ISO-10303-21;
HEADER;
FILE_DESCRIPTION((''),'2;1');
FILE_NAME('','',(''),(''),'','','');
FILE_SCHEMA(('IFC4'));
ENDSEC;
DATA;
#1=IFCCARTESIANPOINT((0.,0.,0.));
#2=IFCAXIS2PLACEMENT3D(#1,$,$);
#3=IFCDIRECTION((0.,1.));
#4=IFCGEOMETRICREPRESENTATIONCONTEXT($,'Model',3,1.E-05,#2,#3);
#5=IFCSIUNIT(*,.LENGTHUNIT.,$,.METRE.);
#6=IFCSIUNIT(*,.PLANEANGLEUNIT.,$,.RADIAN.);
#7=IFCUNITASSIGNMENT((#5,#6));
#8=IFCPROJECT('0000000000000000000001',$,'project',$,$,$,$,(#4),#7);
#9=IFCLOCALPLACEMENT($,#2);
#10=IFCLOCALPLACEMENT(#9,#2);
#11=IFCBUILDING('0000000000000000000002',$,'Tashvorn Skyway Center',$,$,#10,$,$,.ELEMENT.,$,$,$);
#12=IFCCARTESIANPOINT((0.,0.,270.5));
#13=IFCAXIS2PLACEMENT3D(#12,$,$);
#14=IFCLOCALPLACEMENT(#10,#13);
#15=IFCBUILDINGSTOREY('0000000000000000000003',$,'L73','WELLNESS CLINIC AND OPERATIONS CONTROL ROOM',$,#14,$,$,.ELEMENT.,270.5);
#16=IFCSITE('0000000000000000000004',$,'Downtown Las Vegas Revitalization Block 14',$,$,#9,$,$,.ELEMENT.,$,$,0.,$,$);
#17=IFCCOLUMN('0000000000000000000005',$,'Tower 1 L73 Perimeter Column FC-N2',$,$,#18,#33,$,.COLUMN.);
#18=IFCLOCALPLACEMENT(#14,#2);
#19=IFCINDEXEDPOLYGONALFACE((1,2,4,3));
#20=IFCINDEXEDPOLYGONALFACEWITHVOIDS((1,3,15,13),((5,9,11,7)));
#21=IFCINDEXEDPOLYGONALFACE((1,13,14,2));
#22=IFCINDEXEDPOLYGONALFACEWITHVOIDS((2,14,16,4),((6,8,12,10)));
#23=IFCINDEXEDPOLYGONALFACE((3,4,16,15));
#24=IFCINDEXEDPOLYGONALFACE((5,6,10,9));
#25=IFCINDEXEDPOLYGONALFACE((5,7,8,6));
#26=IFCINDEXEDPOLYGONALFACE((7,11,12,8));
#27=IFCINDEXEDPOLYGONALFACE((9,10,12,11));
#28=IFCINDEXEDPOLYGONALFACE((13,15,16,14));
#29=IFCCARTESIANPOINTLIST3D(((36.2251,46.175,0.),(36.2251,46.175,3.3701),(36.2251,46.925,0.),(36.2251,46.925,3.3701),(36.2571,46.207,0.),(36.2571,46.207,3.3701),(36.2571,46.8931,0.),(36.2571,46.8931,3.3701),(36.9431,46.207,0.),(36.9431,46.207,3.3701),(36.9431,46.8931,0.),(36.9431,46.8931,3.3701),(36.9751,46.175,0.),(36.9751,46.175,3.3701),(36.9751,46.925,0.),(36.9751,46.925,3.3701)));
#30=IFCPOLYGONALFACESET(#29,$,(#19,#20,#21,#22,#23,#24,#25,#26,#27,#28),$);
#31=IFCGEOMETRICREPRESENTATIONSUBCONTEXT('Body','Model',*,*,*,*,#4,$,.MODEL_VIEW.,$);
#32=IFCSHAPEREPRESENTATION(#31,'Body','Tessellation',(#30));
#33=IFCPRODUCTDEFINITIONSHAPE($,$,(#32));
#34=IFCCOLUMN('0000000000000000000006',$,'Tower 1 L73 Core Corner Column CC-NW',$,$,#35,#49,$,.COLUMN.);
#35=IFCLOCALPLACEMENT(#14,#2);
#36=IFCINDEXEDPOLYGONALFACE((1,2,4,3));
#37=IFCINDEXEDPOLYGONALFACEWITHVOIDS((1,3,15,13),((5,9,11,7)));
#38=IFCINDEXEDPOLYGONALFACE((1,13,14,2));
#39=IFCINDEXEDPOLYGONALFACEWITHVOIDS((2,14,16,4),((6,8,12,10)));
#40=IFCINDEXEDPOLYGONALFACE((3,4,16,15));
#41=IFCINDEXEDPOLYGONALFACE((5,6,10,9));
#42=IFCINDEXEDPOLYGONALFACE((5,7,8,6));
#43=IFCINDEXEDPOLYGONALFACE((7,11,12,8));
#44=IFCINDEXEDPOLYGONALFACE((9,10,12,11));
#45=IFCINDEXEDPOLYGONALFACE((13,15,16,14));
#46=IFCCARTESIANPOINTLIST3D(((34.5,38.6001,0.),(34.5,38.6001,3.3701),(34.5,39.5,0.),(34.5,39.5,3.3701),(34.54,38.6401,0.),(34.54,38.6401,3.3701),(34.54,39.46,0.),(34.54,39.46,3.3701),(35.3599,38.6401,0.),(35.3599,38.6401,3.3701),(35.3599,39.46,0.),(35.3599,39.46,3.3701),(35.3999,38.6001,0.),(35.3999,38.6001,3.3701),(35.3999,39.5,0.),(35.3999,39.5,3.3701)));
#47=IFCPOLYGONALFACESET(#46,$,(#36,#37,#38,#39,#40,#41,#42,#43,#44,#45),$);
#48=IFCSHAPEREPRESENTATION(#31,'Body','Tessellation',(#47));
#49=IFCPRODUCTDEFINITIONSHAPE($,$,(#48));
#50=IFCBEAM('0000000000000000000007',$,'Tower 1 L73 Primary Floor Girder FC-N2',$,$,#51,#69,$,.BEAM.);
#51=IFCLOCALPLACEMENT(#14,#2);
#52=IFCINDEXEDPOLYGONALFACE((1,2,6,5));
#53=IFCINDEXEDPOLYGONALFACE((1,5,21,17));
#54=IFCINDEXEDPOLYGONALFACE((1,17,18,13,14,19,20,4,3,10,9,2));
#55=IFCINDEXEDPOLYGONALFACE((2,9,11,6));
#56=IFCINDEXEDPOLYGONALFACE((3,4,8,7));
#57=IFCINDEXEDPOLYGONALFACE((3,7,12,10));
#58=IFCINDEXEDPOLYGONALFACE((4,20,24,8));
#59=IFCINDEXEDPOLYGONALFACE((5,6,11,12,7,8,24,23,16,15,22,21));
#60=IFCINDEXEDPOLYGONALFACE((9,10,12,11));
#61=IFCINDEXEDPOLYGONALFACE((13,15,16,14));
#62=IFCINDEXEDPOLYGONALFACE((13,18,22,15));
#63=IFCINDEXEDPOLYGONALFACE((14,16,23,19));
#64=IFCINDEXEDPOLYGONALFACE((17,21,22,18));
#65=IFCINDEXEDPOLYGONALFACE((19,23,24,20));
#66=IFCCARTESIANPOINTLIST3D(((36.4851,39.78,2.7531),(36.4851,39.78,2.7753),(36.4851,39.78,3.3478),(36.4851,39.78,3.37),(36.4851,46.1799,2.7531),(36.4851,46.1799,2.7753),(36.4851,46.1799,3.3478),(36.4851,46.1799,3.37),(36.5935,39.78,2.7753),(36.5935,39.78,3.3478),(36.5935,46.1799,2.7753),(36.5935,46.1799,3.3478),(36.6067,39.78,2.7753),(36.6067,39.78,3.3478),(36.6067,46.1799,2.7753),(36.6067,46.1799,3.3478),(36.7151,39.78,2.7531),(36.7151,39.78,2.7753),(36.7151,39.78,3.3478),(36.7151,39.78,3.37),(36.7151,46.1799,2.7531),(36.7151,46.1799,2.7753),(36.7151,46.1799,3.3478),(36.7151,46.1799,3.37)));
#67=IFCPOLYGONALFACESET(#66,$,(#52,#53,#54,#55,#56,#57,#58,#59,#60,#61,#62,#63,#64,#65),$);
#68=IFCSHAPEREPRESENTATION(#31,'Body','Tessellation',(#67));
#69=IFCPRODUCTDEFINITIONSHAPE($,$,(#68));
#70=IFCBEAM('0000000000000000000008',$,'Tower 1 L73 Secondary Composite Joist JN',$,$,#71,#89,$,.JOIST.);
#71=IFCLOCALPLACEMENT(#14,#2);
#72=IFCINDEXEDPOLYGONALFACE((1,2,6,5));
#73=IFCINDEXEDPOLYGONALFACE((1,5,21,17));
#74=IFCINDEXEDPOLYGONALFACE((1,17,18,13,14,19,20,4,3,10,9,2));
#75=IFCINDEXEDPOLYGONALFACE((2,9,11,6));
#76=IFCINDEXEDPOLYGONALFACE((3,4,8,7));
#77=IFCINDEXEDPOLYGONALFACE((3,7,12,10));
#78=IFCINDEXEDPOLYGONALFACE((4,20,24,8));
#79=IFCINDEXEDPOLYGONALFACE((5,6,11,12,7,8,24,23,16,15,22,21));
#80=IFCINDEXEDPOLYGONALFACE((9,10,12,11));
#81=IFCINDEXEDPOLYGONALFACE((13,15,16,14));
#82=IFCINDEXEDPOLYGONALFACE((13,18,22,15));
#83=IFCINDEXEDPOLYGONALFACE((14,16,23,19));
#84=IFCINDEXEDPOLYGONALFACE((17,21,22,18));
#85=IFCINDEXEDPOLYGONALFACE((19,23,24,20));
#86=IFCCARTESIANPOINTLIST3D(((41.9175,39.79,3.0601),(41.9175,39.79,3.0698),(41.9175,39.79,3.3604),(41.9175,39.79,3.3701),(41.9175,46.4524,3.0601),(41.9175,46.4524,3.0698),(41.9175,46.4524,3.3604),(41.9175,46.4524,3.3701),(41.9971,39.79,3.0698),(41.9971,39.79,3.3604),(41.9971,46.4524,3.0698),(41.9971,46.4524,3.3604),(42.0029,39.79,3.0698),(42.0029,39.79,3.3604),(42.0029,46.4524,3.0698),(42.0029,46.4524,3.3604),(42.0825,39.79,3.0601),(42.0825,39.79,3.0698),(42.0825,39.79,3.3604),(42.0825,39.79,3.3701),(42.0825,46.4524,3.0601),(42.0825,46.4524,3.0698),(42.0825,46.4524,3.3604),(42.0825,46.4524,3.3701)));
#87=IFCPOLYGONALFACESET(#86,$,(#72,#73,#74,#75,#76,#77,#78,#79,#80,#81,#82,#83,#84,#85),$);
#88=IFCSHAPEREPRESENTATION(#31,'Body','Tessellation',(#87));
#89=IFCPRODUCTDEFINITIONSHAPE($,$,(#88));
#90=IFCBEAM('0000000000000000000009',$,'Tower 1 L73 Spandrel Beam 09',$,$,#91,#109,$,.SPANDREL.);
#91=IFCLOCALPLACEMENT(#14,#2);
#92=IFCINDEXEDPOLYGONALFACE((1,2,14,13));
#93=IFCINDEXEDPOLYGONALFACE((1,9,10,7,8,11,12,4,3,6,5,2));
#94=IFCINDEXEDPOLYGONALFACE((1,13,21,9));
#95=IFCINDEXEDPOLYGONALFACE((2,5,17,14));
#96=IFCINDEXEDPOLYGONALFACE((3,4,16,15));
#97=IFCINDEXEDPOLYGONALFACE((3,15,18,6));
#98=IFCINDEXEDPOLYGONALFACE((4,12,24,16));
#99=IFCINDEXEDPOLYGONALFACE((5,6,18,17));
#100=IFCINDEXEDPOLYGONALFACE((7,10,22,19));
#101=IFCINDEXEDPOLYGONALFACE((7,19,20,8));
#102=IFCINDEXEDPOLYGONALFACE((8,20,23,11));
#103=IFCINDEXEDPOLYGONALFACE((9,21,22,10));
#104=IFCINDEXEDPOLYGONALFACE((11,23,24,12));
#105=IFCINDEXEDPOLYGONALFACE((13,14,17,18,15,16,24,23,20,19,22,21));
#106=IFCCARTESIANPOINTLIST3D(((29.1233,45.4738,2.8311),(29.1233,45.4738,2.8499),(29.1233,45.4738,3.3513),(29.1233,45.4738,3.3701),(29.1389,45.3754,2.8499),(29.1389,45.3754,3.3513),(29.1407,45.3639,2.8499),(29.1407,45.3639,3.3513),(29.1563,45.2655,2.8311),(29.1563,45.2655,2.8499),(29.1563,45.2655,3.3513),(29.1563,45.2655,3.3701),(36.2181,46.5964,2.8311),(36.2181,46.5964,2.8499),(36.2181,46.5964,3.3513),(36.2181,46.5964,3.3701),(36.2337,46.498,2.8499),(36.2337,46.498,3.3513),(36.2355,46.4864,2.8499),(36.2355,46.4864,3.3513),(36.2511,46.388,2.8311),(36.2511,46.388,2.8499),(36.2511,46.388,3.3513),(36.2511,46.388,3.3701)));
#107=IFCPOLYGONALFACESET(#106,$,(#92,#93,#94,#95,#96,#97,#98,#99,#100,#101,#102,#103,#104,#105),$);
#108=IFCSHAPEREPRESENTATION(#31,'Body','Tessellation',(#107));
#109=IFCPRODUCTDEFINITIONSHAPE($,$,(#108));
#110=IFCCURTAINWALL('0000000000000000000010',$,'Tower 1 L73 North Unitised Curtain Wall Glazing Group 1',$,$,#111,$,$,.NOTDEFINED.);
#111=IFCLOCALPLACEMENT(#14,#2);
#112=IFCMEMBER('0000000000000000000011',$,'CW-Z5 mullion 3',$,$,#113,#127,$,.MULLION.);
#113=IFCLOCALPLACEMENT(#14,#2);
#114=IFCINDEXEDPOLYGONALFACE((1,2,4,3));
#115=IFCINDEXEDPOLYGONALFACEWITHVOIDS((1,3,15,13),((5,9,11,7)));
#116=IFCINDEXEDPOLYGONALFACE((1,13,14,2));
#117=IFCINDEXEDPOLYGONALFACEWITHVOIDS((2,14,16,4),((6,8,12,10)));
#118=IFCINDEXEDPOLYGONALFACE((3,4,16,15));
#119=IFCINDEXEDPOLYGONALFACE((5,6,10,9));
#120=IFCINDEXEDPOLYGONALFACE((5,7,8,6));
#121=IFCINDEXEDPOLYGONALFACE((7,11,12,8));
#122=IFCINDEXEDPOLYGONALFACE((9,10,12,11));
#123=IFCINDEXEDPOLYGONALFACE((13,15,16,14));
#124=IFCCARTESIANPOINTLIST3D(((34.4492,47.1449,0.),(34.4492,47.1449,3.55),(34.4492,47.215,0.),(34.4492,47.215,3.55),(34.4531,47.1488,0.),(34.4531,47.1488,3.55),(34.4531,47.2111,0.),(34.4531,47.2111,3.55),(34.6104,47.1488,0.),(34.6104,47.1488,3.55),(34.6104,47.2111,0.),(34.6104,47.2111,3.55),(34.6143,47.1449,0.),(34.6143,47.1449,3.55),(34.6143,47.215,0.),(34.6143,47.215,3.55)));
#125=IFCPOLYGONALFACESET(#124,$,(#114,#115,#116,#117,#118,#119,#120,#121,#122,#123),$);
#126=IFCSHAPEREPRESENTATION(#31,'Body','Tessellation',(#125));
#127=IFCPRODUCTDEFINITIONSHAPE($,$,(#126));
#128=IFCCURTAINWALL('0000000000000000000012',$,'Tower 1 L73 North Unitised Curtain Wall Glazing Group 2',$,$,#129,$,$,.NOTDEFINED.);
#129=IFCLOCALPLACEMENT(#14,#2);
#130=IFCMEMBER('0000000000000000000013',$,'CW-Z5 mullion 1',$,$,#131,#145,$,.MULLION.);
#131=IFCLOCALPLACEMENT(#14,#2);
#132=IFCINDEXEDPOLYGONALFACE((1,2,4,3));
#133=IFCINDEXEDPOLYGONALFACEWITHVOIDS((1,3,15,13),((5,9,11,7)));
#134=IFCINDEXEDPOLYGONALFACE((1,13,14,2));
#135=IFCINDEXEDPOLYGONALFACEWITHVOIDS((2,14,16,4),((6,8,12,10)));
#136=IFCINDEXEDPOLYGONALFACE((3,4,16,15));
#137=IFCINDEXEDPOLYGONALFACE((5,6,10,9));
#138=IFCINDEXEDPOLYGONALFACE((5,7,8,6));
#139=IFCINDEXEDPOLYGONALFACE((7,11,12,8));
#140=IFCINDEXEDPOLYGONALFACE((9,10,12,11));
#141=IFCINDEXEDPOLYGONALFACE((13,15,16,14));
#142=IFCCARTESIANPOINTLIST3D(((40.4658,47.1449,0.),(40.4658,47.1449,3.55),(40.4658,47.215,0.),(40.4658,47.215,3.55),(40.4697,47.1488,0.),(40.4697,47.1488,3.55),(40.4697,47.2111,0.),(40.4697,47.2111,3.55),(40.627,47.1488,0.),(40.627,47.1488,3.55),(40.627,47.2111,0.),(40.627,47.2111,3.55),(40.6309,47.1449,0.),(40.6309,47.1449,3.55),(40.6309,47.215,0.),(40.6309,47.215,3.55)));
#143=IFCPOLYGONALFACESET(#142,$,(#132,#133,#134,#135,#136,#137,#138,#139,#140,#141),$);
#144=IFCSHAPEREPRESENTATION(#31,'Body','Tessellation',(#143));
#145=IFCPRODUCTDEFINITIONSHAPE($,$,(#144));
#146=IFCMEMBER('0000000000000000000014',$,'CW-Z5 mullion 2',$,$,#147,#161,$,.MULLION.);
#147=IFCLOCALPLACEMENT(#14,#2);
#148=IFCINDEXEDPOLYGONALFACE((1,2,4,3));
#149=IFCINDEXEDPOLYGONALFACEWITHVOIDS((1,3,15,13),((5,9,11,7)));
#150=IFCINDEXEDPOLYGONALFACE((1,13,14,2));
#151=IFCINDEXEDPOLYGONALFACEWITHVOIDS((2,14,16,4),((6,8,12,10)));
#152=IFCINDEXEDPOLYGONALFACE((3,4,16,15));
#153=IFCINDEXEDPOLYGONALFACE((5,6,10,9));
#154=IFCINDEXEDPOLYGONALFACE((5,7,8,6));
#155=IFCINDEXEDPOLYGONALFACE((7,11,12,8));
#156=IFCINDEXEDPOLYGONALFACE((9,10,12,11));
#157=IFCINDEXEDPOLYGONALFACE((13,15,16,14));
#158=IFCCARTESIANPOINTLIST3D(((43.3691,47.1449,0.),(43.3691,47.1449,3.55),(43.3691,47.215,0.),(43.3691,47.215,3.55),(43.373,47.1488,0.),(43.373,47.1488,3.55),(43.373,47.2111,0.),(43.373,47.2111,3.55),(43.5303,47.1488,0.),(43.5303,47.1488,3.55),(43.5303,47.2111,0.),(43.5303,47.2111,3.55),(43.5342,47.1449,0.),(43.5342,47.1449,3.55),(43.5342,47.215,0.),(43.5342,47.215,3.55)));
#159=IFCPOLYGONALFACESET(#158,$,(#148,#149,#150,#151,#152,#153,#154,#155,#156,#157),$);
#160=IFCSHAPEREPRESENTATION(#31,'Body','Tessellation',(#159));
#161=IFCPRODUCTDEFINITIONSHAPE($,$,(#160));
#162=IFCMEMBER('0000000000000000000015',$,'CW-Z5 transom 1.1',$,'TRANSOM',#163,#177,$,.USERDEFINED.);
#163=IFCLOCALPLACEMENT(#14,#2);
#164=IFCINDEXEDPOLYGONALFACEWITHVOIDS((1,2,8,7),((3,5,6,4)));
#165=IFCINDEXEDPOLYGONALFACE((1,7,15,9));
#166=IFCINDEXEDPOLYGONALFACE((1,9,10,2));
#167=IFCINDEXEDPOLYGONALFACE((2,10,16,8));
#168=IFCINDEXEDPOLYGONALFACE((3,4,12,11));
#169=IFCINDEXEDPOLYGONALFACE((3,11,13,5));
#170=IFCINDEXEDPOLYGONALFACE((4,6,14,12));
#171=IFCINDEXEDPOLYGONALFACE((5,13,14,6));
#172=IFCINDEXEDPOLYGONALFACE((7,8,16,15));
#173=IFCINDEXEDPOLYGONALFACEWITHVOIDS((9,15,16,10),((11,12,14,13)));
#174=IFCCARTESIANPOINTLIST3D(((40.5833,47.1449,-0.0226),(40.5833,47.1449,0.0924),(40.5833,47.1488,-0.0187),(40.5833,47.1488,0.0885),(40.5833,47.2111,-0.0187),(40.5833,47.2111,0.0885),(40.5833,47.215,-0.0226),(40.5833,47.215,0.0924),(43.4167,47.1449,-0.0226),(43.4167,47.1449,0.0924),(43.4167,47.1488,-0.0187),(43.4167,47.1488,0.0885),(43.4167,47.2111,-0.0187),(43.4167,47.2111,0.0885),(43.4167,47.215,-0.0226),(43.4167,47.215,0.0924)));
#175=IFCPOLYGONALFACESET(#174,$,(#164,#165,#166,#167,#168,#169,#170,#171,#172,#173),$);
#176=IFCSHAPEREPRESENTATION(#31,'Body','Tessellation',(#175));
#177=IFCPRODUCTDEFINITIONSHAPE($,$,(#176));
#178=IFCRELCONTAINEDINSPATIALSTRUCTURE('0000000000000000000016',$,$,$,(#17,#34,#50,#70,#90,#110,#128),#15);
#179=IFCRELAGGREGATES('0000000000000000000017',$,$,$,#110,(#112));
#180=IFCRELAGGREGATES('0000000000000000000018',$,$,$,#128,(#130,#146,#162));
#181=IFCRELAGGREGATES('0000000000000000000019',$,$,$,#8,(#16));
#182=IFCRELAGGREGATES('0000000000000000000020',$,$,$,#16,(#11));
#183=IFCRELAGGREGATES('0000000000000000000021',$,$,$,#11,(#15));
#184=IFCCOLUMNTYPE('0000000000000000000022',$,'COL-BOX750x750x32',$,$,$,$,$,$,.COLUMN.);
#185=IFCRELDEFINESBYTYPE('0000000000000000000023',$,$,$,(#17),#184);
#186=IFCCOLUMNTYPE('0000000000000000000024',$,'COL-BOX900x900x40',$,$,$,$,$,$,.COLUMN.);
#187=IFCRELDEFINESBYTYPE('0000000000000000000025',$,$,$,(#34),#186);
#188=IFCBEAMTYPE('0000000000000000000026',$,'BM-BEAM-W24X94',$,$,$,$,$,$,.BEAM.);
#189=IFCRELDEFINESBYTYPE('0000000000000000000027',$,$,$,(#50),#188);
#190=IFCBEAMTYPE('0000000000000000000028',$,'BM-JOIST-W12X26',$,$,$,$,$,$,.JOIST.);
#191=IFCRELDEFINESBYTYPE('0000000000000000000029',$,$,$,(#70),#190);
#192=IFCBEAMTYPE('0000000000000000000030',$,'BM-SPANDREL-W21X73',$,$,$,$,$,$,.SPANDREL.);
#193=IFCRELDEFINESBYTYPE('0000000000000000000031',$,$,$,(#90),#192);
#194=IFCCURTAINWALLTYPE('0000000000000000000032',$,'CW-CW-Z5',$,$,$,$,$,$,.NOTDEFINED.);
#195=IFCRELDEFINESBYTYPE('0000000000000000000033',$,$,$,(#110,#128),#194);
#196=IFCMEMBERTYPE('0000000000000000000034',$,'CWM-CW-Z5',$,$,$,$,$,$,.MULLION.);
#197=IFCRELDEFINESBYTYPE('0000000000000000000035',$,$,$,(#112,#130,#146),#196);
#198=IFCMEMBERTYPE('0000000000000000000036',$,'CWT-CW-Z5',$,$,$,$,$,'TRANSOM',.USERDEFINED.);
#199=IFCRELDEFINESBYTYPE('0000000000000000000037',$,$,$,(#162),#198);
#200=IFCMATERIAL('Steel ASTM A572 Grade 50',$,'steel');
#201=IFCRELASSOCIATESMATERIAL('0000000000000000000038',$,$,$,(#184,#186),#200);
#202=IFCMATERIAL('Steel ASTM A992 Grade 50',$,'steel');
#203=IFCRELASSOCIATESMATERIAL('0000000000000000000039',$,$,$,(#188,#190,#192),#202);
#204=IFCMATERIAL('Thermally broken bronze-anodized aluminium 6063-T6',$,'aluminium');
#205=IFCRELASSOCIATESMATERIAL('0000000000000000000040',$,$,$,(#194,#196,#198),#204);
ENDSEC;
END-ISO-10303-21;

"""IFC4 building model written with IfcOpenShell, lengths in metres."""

from ifc_helpers import new_model, si_unit, direction, frame, origin, origin_2d, place, context, subcontext, project, spatial, hollow_rectangle, i_section, extrude, material, material_profile, profile_set, type_object, element, aggregate, save


model = new_model("IFC4")

# Units and contexts
model_context = context("Model", 3, precision=1e-05, world=origin(), true_north=direction((0.0, 1.0)))
body_context = subcontext(model_context, "Body", "Model", "MODEL_VIEW")
ifc_project = project(units=[si_unit("LENGTHUNIT", "METRE"), si_unit("PLANEANGLEUNIT", "RADIAN")], contexts=[model_context])

# Site, building, storey
site_placement = place(None, origin())
site = spatial("IfcSite", under=ifc_project, at=site_placement, Name="Downtown Las Vegas Revitalization Block 14", CompositionType="ELEMENT", RefElevation=0.0)
building_placement = place(site_placement, origin())
building = spatial("IfcBuilding", under=site, at=building_placement, Name="Tashvorn Skyway Center", CompositionType="ELEMENT")
storey_placement = place(building_placement, frame((0.0, 0.0, 270.5)))
storey = spatial("IfcBuildingStorey", under=building, at=storey_placement, Name="L73", Description="WELLNESS CLINIC AND OPERATIONS CONTROL ROOM", CompositionType="ELEMENT", Elevation=270.5)

# Columns
ifc_material_1 = material(Name="Steel ASTM A572 Grade 50", Category="steel")
ifc_material_profile_1 = material_profile(ifc_material_1, hollow_rectangle(XDim=0.75, YDim=0.75, WallThickness=0.032, at=origin_2d()), Name="BOX750x750x32")
ifc_profile_set_1 = profile_set([ifc_material_profile_1], Name="Steel ASTM A572 Grade 50")
column_type_1 = type_object("IfcColumnType", Name="COL-BOX750x750x32", PredefinedType="COLUMN", material=ifc_profile_set_1)
column_1_placement = place(storey_placement, frame((36.6001, 46.55, 0.0), z_axis=(0.0, 0.0, 1.0), x_axis=(1.0, 0.0, 0.0)))
element("IfcColumn", 1, at=column_1_placement, inside=storey, type_object=column_type_1, Name="Tower 1 L73 Perimeter Column FC-N2", PredefinedType="COLUMN", context=body_context, shape_type="SweptSolid", body=[
    extrude(hollow_rectangle(XDim=0.75, YDim=0.75, WallThickness=0.032, at=origin_2d()), origin(), (0.0, 0.0, 1.0), 3.3701),
])
ifc_material_profile_2 = material_profile(ifc_material_1, hollow_rectangle(XDim=0.8999, YDim=0.8999, WallThickness=0.04, at=origin_2d()), Name="BOX900x900x40")
ifc_profile_set_2 = profile_set([ifc_material_profile_2], Name="Steel ASTM A572 Grade 50")
column_type_2 = type_object("IfcColumnType", Name="COL-BOX900x900x40", PredefinedType="COLUMN", material=ifc_profile_set_2)
column_2_placement = place(storey_placement, frame((34.95, 39.05, 0.0), z_axis=(0.0, 0.0, 1.0), x_axis=(1.0, 0.0, 0.0)))
element("IfcColumn", 2, at=column_2_placement, inside=storey, type_object=column_type_2, Name="Tower 1 L73 Core Corner Column CC-NW", PredefinedType="COLUMN", context=body_context, shape_type="SweptSolid", body=[
    extrude(hollow_rectangle(XDim=0.8999, YDim=0.8999, WallThickness=0.04, at=origin_2d()), origin(), (0.0, 0.0, 1.0), 3.3701),
])

# Beams
ifc_material_2 = material(Name="Steel ASTM A992 Grade 50", Category="steel")
ifc_material_profile_3 = material_profile(ifc_material_2, i_section(OverallWidth=0.23, OverallDepth=0.6169, WebThickness=0.0132, FlangeThickness=0.0222, at=origin_2d()), Name="W24X94")
ifc_profile_set_3 = profile_set([ifc_material_profile_3], Name="Steel ASTM A992 Grade 50")
beam_type_1 = type_object("IfcBeamType", Name="BM-BEAM-W24X94", PredefinedType="BEAM", material=ifc_profile_set_3)
beam_1_placement = place(storey_placement, frame((36.6001, 46.1799, 3.0615), z_axis=(0.0, -1.0, 0.0), x_axis=(1.0, 0.0, 0.0)))
element("IfcBeam", 3, at=beam_1_placement, inside=storey, type_object=beam_type_1, Name="Tower 1 L73 Primary Floor Girder FC-N2", PredefinedType="BEAM", context=body_context, shape_type="SweptSolid", body=[
    extrude(i_section(OverallWidth=0.23, OverallDepth=0.6169, WebThickness=0.0132, FlangeThickness=0.0222, at=origin_2d()), origin(), (0.0, 0.0, 1.0), 6.3999),
])
ifc_material_profile_4 = material_profile(ifc_material_2, i_section(OverallWidth=0.165, OverallDepth=0.3101, WebThickness=0.0059, FlangeThickness=0.0098, at=origin_2d()), Name="W12X26")
ifc_profile_set_4 = profile_set([ifc_material_profile_4], Name="Steel ASTM A992 Grade 50")
beam_type_2 = type_object("IfcBeamType", Name="BM-JOIST-W12X26", PredefinedType="JOIST", material=ifc_profile_set_4)
beam_2_placement = place(storey_placement, frame((42.0, 39.79, 3.2151), z_axis=(0.0, 1.0, 0.0), x_axis=(-1.0, 0.0, 0.0)))
element("IfcBeam", 4, at=beam_2_placement, inside=storey, type_object=beam_type_2, Name="Tower 1 L73 Secondary Composite Joist JN", PredefinedType="JOIST", context=body_context, shape_type="SweptSolid", body=[
    extrude(i_section(OverallWidth=0.165, OverallDepth=0.3101, WebThickness=0.0059, FlangeThickness=0.0098, at=origin_2d()), origin(), (0.0, 0.0, 1.0), 6.6624),
])
ifc_material_profile_5 = material_profile(ifc_material_2, i_section(OverallWidth=0.2109, OverallDepth=0.5391, WebThickness=0.0117, FlangeThickness=0.0188, at=origin_2d()), Name="W21X73")
ifc_profile_set_5 = profile_set([ifc_material_profile_5], Name="Steel ASTM A992 Grade 50")
beam_type_3 = type_object("IfcBeamType", Name="BM-SPANDREL-W21X73", PredefinedType="SPANDREL", material=ifc_profile_set_5)
beam_3_placement = place(storey_placement, frame((36.2346, 46.4922, 3.1006), z_axis=(-0.987714, -0.156275, 0.0), x_axis=(0.156275, -0.987714, 0.0)))
element("IfcBeam", 5, at=beam_3_placement, inside=storey, type_object=beam_type_3, Name="Tower 1 L73 Spandrel Beam 09", PredefinedType="SPANDREL", context=body_context, shape_type="SweptSolid", body=[
    extrude(i_section(OverallWidth=0.2109, OverallDepth=0.5391, WebThickness=0.0117, FlangeThickness=0.0188, at=origin_2d()), origin(), (0.0, 0.0, 1.0), 7.1831),
])

# Curtain wall, member
ifc_material_3 = material(Name="Thermally broken bronze-anodized aluminium 6063-T6", Category="aluminium")
curtain_wall_type = type_object("IfcCurtainWallType", Name="CW-CW-Z5", PredefinedType="NOTDEFINED", material=ifc_material_3)
curtain_wall_1_placement = place(storey_placement, origin())
curtain_wall_1 = element("IfcCurtainWall", 6, at=curtain_wall_1_placement, inside=storey, type_object=curtain_wall_type, Name="Tower 1 L73 North Unitised Curtain Wall Glazing Group 1", PredefinedType="NOTDEFINED")
ifc_material_profile_6 = material_profile(ifc_material_3, hollow_rectangle(XDim=0.0701, YDim=0.165, WallThickness=0.0039, at=origin_2d()), Name="ALU-MULL-70x165")
ifc_profile_set_6 = profile_set([ifc_material_profile_6], Name="Thermally broken bronze-anodized aluminium 6063-T6")
member_type_1 = type_object("IfcMemberType", Name="CWM-CW-Z5", PredefinedType="MULLION", material=ifc_profile_set_6)
member_1_placement = place(storey_placement, frame((34.5317, 47.1799, 0.0), z_axis=(0.0, 0.0, 1.0), x_axis=(0.0, 1.0, 0.0)))
member_1 = element("IfcMember", 7, at=member_1_placement, type_object=member_type_1, Name="CW-Z5 mullion 3", PredefinedType="MULLION", context=body_context, shape_type="SweptSolid", body=[
    extrude(hollow_rectangle(XDim=0.0701, YDim=0.165, WallThickness=0.0039, at=origin_2d()), origin(), (0.0, 0.0, 1.0), 3.55),
])
aggregate(curtain_wall_1, [member_1])

# Curtain wall, members
curtain_wall_2_placement = place(storey_placement, origin())
curtain_wall_2 = element("IfcCurtainWall", 8, at=curtain_wall_2_placement, inside=storey, type_object=curtain_wall_type, Name="Tower 1 L73 North Unitised Curtain Wall Glazing Group 2", PredefinedType="NOTDEFINED")
member_2_placement = place(storey_placement, frame((40.5483, 47.1799, 0.0), z_axis=(0.0, 0.0, 1.0), x_axis=(0.0, 1.0, 0.0)))
member_2 = element("IfcMember", 9, at=member_2_placement, type_object=member_type_1, Name="CW-Z5 mullion 1", PredefinedType="MULLION", context=body_context, shape_type="SweptSolid", body=[
    extrude(hollow_rectangle(XDim=0.0701, YDim=0.165, WallThickness=0.0039, at=origin_2d()), origin(), (0.0, 0.0, 1.0), 3.55),
])
member_3_placement = place(storey_placement, frame((43.4517, 47.1799, 0.0), z_axis=(0.0, 0.0, 1.0), x_axis=(0.0, 1.0, 0.0)))
member_3 = element("IfcMember", 10, at=member_3_placement, type_object=member_type_1, Name="CW-Z5 mullion 2", PredefinedType="MULLION", context=body_context, shape_type="SweptSolid", body=[
    extrude(hollow_rectangle(XDim=0.0701, YDim=0.165, WallThickness=0.0039, at=origin_2d()), origin(), (0.0, 0.0, 1.0), 3.55),
])
ifc_material_profile_7 = material_profile(ifc_material_3, hollow_rectangle(XDim=0.0701, YDim=0.115, WallThickness=0.0039, at=origin_2d()), Name="ALU-TRAN-70x115")
ifc_profile_set_7 = profile_set([ifc_material_profile_7], Name="Thermally broken bronze-anodized aluminium 6063-T6")
member_type_2 = type_object("IfcMemberType", Name="CWT-CW-Z5", ElementType="TRANSOM", PredefinedType="USERDEFINED", material=ifc_profile_set_7)
member_4_placement = place(storey_placement, frame((40.5833, 47.1799, 0.0349), z_axis=(1.0, 0.0, 0.0), x_axis=(0.0, 1.0, 0.0)))
member_4 = element("IfcMember", 11, at=member_4_placement, type_object=member_type_2, Name="CW-Z5 transom 1.1", ObjectType="TRANSOM", PredefinedType="USERDEFINED", context=body_context, shape_type="SweptSolid", body=[
    extrude(hollow_rectangle(XDim=0.0701, YDim=0.115, WallThickness=0.0039, at=origin_2d()), origin(), (0.0, 0.0, 1.0), 2.8335),
])

aggregate(curtain_wall_2, [member_2, member_3, member_4])

save(model, "model.ifc")
